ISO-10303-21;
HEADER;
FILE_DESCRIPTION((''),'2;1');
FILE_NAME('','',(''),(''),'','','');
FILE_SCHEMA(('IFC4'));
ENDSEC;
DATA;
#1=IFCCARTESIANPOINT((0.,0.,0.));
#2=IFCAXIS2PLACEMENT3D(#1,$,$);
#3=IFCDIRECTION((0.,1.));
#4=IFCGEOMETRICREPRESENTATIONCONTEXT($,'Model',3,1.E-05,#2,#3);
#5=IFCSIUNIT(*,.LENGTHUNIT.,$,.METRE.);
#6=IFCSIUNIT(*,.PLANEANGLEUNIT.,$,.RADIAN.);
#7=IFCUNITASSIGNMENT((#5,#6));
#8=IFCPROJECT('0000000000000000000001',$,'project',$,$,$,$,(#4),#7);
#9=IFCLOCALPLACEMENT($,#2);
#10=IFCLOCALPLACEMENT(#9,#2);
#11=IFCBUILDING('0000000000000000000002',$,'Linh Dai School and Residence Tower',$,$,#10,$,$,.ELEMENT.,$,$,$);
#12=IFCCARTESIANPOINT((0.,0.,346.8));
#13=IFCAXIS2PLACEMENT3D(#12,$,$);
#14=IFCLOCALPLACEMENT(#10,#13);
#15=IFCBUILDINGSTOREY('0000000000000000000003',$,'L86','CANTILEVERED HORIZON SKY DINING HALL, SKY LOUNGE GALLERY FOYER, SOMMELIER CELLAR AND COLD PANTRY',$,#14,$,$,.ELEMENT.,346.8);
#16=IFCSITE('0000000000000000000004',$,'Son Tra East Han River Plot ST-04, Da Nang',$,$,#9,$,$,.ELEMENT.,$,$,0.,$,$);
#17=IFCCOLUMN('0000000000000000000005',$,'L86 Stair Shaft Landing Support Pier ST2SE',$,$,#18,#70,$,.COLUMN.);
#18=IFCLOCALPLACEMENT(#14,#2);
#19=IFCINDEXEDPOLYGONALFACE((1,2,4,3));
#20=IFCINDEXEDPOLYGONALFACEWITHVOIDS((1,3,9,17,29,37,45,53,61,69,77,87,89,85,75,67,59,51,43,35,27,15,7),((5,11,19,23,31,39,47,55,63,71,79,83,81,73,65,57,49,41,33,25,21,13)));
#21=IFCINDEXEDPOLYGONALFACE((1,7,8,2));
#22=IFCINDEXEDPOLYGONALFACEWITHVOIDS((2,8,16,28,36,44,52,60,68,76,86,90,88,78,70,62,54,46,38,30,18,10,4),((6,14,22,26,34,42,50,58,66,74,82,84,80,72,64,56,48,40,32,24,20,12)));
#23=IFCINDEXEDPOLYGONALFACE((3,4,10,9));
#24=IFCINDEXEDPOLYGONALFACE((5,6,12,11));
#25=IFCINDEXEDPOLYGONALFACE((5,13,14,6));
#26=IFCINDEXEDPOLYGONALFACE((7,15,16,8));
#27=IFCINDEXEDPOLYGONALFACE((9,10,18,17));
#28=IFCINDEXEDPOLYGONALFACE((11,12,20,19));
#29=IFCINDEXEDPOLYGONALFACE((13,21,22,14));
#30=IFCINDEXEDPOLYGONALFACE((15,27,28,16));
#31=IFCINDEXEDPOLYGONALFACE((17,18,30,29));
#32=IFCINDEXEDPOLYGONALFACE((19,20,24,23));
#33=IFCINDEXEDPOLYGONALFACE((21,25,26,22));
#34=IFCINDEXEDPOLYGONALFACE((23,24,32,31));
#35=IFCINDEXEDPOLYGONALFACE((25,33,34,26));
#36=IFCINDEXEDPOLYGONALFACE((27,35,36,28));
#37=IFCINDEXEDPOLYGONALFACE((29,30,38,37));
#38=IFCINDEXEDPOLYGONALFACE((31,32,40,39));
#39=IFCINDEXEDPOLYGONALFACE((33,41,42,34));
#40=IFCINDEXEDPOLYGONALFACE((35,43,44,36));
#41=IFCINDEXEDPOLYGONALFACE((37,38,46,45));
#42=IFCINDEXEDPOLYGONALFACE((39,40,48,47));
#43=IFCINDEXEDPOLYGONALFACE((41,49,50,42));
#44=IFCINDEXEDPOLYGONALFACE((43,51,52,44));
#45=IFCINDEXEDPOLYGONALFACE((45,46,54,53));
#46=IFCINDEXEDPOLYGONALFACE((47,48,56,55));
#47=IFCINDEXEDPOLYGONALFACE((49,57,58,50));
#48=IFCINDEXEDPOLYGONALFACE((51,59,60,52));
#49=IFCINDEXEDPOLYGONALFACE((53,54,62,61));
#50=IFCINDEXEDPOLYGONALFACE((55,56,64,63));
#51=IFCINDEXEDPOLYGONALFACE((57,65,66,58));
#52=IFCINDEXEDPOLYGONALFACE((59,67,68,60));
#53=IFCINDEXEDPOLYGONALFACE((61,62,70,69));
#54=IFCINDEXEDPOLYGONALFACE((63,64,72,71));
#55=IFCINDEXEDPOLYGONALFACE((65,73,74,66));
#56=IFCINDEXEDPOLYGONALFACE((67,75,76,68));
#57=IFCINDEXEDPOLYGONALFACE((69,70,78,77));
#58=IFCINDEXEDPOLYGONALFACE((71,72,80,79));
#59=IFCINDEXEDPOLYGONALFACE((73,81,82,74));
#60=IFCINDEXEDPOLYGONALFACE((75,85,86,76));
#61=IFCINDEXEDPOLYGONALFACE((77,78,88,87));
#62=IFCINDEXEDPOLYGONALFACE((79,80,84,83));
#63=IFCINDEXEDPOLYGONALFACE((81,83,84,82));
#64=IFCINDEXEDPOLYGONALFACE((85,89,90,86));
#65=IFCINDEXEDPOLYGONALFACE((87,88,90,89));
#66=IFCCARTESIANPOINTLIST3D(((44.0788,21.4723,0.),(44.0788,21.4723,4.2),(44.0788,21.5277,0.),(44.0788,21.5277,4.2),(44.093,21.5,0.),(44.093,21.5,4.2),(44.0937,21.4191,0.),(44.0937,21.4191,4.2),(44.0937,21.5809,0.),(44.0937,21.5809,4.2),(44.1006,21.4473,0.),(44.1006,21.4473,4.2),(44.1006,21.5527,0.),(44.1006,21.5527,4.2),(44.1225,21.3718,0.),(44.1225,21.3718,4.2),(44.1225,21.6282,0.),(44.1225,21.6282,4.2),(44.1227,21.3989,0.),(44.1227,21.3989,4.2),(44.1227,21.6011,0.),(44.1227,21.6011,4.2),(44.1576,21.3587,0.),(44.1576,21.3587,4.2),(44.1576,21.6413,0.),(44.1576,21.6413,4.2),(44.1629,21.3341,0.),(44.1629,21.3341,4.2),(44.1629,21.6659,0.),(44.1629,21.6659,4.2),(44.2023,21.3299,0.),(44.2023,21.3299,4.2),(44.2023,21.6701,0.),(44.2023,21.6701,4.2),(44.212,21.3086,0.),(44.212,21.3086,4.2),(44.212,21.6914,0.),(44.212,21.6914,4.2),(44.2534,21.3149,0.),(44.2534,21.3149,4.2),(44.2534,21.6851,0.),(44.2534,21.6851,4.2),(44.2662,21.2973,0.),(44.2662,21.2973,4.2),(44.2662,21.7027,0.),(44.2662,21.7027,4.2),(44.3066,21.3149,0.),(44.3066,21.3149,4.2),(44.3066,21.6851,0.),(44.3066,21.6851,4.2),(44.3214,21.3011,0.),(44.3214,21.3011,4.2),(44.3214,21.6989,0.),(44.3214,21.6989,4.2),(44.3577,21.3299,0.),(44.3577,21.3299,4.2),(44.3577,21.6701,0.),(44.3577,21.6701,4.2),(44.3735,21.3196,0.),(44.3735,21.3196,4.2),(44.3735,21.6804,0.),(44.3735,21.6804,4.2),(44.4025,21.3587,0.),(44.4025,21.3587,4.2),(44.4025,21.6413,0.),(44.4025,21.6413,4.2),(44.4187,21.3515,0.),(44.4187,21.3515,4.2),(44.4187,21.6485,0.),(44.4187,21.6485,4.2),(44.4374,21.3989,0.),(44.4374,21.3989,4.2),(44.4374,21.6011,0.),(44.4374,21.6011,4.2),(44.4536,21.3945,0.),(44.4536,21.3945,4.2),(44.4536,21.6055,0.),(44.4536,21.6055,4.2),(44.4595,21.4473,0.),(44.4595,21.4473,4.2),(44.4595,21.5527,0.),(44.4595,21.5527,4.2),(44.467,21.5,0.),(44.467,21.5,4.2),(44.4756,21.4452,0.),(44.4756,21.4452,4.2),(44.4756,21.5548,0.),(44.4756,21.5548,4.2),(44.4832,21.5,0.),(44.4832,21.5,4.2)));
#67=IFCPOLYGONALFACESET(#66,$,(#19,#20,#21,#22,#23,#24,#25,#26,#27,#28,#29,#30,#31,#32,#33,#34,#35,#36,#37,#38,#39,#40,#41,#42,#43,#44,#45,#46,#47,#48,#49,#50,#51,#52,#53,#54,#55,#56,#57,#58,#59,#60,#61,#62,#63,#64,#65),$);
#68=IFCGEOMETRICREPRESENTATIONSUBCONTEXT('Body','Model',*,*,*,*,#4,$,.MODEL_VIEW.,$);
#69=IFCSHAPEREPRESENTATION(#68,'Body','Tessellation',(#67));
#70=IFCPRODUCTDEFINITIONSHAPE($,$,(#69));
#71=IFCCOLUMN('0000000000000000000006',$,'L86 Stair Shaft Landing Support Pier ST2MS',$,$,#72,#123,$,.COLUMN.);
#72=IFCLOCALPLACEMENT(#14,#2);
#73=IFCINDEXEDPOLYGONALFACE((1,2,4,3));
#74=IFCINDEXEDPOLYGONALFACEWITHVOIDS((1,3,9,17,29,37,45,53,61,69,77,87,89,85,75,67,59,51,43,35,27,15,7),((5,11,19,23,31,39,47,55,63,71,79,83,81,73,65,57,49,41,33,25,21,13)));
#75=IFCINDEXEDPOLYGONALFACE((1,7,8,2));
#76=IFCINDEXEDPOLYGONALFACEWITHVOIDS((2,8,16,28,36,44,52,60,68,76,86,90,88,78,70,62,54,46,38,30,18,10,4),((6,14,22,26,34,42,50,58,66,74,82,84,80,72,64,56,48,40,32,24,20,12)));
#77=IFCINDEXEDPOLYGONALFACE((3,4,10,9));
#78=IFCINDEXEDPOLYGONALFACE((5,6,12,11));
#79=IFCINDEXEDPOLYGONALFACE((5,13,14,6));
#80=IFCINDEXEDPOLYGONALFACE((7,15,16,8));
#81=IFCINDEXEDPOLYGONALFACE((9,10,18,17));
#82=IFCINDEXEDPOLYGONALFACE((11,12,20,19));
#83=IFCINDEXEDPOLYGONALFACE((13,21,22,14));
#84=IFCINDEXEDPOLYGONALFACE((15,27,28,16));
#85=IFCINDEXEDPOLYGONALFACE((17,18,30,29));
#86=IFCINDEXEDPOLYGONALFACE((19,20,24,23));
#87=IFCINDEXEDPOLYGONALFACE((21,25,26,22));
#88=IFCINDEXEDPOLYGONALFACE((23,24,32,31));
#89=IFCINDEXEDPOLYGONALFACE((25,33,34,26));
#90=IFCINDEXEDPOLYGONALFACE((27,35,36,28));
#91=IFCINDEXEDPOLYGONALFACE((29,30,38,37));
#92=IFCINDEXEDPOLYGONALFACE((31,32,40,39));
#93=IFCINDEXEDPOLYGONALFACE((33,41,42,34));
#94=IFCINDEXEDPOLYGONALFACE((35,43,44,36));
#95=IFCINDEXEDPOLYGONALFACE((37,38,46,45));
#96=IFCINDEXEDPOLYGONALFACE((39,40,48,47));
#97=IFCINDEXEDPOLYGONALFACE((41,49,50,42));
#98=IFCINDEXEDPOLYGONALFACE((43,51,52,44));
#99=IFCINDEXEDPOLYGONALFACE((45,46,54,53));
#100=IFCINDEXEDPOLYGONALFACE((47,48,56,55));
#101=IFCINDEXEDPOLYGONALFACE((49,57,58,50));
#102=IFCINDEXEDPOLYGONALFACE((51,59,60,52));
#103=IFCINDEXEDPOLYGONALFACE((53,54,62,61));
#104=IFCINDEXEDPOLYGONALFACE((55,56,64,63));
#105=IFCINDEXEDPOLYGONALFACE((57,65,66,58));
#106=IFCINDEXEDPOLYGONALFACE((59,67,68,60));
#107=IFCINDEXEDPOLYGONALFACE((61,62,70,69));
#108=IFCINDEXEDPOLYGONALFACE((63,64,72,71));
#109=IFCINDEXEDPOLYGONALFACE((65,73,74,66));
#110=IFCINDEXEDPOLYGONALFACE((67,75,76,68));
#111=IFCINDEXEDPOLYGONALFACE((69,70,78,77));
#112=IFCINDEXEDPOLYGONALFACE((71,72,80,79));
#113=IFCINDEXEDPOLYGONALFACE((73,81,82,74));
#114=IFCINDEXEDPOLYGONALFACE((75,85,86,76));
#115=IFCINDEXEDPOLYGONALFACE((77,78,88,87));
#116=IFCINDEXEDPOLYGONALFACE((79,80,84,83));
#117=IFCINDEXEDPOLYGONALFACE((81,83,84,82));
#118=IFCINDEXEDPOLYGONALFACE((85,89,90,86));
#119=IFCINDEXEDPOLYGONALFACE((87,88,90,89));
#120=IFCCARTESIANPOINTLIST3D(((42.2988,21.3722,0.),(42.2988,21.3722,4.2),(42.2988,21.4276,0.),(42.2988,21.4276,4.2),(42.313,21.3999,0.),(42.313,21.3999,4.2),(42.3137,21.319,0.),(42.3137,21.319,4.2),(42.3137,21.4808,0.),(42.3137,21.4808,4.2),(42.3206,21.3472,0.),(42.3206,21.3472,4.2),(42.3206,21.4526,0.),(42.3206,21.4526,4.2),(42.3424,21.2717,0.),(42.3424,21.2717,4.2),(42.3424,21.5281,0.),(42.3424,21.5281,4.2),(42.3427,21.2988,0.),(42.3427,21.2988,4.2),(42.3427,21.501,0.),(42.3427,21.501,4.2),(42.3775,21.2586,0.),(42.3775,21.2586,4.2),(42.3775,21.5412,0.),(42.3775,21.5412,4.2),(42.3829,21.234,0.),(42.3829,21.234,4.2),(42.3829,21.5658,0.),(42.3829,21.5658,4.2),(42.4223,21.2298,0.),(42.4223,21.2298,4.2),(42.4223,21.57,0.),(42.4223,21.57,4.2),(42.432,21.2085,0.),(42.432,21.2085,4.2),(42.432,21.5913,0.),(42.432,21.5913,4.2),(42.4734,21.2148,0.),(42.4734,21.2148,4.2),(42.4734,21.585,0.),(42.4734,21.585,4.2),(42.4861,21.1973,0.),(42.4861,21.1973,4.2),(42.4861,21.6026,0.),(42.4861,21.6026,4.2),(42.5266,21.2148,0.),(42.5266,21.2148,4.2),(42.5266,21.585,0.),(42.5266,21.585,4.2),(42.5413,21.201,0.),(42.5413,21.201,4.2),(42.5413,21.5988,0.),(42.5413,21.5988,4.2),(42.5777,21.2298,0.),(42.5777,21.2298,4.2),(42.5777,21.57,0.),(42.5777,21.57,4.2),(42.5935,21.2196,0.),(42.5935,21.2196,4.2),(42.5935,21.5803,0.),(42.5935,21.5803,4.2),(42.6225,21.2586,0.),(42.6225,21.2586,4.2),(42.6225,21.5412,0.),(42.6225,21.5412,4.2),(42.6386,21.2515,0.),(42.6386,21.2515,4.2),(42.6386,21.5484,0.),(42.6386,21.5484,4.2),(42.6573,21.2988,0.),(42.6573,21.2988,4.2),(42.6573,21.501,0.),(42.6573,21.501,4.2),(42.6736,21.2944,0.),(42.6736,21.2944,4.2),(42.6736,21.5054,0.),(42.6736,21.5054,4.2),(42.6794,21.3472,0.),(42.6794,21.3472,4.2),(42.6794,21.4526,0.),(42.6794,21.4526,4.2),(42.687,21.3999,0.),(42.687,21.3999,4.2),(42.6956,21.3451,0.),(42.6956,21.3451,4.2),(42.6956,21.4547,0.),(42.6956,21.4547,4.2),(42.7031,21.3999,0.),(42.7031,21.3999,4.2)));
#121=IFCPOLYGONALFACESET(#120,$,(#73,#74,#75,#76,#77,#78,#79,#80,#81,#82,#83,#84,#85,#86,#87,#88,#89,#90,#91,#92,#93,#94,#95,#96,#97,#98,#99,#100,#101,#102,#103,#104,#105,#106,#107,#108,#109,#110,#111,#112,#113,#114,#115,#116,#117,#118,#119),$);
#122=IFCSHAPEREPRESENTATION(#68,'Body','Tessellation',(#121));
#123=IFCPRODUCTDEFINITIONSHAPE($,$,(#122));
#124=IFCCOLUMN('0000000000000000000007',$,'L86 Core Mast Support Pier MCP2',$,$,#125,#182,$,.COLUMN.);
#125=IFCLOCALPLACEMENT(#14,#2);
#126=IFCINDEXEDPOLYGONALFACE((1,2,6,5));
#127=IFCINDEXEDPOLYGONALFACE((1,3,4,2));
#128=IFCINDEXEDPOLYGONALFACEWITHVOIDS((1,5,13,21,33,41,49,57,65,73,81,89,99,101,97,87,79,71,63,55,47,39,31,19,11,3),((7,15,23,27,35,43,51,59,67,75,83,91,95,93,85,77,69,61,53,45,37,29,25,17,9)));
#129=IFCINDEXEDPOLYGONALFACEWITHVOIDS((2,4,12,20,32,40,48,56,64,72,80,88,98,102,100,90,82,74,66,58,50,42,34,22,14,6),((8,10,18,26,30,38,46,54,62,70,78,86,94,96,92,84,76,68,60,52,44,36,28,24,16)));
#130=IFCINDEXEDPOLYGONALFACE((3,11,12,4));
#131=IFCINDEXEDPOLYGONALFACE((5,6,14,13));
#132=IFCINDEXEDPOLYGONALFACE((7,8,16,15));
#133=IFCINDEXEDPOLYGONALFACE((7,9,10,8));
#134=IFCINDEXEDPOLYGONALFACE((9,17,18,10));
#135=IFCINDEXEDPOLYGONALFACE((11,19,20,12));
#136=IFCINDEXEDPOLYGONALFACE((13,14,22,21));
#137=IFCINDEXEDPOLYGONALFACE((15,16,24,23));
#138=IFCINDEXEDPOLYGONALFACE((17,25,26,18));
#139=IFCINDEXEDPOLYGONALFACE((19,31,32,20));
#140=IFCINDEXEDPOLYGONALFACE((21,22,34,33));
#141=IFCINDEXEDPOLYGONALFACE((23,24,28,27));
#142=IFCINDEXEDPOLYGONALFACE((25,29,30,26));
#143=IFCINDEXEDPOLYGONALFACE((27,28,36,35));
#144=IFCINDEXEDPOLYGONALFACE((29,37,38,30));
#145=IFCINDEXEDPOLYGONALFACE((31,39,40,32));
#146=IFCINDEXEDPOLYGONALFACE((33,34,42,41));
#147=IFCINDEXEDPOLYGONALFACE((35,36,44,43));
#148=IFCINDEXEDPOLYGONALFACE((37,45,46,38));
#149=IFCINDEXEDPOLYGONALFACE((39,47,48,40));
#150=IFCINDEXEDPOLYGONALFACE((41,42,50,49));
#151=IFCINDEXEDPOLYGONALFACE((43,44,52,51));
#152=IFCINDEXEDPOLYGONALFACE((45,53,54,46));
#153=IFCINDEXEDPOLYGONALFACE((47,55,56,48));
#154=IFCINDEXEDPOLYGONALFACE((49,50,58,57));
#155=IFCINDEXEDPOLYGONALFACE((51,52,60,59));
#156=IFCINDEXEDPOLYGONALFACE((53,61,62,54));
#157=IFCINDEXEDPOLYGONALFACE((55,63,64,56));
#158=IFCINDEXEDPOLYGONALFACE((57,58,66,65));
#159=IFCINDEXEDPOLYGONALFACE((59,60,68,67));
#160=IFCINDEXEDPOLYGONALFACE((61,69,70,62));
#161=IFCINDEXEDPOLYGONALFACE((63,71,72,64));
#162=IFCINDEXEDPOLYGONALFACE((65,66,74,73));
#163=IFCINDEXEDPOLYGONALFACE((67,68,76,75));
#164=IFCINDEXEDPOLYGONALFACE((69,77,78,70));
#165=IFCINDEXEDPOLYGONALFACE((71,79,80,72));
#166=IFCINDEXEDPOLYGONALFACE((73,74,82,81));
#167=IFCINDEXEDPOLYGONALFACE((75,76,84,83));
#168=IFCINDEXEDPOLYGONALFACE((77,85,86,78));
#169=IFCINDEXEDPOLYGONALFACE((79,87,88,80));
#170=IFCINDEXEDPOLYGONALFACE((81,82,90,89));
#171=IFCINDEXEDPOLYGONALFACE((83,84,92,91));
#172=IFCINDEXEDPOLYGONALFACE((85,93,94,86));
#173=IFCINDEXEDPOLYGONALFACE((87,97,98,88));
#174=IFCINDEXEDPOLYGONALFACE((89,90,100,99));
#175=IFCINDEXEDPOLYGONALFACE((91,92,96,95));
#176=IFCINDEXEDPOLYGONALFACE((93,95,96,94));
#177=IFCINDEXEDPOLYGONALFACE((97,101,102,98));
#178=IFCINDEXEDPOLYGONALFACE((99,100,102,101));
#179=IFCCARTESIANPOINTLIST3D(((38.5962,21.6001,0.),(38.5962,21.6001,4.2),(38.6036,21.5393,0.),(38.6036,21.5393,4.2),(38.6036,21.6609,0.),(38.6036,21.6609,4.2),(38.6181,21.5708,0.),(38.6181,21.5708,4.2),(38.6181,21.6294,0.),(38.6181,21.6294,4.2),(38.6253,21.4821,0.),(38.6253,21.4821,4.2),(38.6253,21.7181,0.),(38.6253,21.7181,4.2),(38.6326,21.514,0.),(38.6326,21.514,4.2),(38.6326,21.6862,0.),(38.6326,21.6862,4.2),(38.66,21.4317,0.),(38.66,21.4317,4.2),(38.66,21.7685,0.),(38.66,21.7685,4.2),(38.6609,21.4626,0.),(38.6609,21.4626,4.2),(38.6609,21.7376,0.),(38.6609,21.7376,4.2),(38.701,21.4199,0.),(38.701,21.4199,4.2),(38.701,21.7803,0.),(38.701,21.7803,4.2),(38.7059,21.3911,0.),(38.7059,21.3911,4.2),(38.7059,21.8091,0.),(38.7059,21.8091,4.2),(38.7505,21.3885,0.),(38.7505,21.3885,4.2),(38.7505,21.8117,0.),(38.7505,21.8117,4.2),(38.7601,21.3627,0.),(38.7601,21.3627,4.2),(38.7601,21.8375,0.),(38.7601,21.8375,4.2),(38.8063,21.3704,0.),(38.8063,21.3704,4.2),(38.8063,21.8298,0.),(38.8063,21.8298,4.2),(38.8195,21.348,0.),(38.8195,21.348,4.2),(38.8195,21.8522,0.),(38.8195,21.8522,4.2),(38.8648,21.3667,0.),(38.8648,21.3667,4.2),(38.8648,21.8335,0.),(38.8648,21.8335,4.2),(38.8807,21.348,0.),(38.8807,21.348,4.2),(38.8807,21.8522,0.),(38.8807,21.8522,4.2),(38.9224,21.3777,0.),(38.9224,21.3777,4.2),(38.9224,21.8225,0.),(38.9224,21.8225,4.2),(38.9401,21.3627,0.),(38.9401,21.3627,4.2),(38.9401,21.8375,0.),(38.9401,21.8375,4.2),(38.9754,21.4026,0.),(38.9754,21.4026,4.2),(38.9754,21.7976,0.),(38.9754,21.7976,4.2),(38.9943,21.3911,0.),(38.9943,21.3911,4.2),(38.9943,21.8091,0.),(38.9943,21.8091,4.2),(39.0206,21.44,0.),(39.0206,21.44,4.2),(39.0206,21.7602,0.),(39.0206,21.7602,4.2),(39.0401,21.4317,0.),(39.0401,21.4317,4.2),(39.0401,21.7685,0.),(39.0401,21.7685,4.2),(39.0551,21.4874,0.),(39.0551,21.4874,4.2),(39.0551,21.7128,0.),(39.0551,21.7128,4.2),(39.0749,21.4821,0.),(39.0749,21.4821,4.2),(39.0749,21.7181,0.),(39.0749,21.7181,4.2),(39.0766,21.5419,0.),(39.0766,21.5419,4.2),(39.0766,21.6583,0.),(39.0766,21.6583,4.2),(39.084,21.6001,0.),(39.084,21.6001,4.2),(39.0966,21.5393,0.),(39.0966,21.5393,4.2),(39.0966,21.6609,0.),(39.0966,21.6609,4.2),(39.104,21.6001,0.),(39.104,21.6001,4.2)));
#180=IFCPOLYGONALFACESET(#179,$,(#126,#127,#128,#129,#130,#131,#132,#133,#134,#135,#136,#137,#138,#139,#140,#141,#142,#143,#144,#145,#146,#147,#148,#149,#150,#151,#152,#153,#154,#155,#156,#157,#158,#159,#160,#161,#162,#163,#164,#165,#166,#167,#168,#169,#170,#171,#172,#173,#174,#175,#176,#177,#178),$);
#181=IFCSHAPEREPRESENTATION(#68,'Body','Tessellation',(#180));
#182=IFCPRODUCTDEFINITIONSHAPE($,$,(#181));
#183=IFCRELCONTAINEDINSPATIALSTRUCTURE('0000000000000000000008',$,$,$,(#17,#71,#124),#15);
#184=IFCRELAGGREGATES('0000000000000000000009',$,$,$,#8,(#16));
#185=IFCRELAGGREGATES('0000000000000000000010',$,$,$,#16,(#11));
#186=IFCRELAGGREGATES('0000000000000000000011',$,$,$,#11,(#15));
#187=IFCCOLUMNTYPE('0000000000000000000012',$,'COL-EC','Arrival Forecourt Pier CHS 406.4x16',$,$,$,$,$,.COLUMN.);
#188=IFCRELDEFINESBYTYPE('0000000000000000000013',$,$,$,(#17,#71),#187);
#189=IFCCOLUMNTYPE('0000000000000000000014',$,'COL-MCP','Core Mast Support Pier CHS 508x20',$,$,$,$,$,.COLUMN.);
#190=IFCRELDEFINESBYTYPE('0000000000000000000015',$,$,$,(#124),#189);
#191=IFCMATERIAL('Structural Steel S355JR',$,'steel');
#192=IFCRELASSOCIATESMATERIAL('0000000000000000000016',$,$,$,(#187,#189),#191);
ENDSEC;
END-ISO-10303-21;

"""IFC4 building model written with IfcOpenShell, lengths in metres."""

from ifc_helpers import new_model, si_unit, direction, frame, origin, origin_2d, place, context, subcontext, project, spatial, hollow_circle, extrude, material, material_profile, profile_set, type_object, element, save


model = new_model("IFC4")

# Units and contexts
model_context = context("Model", 3, precision=1e-05, world=origin(), true_north=direction((0.0, 1.0)))
body_context = subcontext(model_context, "Body", "Model", "MODEL_VIEW")
ifc_project = project(units=[si_unit("LENGTHUNIT", "METRE"), si_unit("PLANEANGLEUNIT", "RADIAN")], contexts=[model_context])

# Site, building, storey
site_placement = place(None, origin())
site = spatial("IfcSite", under=ifc_project, at=site_placement, Name="Son Tra East Han River Plot ST-04, Da Nang", CompositionType="ELEMENT", RefElevation=0.0)
building_placement = place(site_placement, origin())
building = spatial("IfcBuilding", under=site, at=building_placement, Name="Linh Dai School and Residence Tower", CompositionType="ELEMENT")
storey_placement = place(building_placement, frame((0.0, 0.0, 346.8)))
storey = spatial("IfcBuildingStorey", under=building, at=storey_placement, Name="L86", Description="CANTILEVERED HORIZON SKY DINING HALL, SKY LOUNGE GALLERY FOYER, SOMMELIER CELLAR AND COLD PANTRY", CompositionType="ELEMENT", Elevation=346.8)

# Columns
ifc_material_1 = material(Name="Structural Steel S355JR", Category="steel")
ifc_material_profile_1 = material_profile(ifc_material_1, hollow_circle(Radius=0.2031, WallThickness=0.0161, at=origin_2d()), Name="CHS 406.4x16")
ifc_profile_set_1 = profile_set([ifc_material_profile_1], Name="Structural Steel S355JR")
column_type_1 = type_object("IfcColumnType", Name="COL-EC", Description="Arrival Forecourt Pier CHS 406.4x16", PredefinedType="COLUMN", material=ifc_profile_set_1)
for number, where, z_axis, x_axis, name in (
    (1, (44.28, 21.5, 0.0), (0.0, 0.0, 1.0), (1.0, 0.0, 0.0), "L86 Stair Shaft Landing Support Pier ST2SE"),
    (2, (42.5, 21.3999, 0.0), (0.0, 0.0, 1.0), (1.0, 0.0, 0.0), "L86 Stair Shaft Landing Support Pier ST2MS"),
):
    element("IfcColumn", number, at=place(storey_placement, frame(where, z_axis=z_axis, x_axis=x_axis)), inside=storey, type_object=column_type_1, Name=name, PredefinedType="COLUMN", context=body_context, shape_type="SweptSolid", body=[
        extrude(hollow_circle(Radius=0.2031, WallThickness=0.0161, at=origin_2d()), origin(), (0.0, 0.0, 1.0), 4.2),
    ])
ifc_material_profile_2 = material_profile(ifc_material_1, hollow_circle(Radius=0.2539, WallThickness=0.02, at=origin_2d()), Name="CHS 508x20")
ifc_profile_set_2 = profile_set([ifc_material_profile_2], Name="Structural Steel S355JR")
column_type_2 = type_object("IfcColumnType", Name="COL-MCP", Description="Core Mast Support Pier CHS 508x20", PredefinedType="COLUMN", material=ifc_profile_set_2)
column_placement = place(storey_placement, frame((38.8501, 21.6001, 0.0), z_axis=(0.0, 0.0, 1.0), x_axis=(1.0, 0.0, 0.0)))
element("IfcColumn", 3, at=column_placement, inside=storey, type_object=column_type_2, Name="L86 Core Mast Support Pier MCP2", PredefinedType="COLUMN", context=body_context, shape_type="SweptSolid", body=[
    extrude(hollow_circle(Radius=0.2539, WallThickness=0.02, at=origin_2d()), origin(), (0.0, 0.0, 1.0), 4.2),
])

save(model, "model.ifc")
